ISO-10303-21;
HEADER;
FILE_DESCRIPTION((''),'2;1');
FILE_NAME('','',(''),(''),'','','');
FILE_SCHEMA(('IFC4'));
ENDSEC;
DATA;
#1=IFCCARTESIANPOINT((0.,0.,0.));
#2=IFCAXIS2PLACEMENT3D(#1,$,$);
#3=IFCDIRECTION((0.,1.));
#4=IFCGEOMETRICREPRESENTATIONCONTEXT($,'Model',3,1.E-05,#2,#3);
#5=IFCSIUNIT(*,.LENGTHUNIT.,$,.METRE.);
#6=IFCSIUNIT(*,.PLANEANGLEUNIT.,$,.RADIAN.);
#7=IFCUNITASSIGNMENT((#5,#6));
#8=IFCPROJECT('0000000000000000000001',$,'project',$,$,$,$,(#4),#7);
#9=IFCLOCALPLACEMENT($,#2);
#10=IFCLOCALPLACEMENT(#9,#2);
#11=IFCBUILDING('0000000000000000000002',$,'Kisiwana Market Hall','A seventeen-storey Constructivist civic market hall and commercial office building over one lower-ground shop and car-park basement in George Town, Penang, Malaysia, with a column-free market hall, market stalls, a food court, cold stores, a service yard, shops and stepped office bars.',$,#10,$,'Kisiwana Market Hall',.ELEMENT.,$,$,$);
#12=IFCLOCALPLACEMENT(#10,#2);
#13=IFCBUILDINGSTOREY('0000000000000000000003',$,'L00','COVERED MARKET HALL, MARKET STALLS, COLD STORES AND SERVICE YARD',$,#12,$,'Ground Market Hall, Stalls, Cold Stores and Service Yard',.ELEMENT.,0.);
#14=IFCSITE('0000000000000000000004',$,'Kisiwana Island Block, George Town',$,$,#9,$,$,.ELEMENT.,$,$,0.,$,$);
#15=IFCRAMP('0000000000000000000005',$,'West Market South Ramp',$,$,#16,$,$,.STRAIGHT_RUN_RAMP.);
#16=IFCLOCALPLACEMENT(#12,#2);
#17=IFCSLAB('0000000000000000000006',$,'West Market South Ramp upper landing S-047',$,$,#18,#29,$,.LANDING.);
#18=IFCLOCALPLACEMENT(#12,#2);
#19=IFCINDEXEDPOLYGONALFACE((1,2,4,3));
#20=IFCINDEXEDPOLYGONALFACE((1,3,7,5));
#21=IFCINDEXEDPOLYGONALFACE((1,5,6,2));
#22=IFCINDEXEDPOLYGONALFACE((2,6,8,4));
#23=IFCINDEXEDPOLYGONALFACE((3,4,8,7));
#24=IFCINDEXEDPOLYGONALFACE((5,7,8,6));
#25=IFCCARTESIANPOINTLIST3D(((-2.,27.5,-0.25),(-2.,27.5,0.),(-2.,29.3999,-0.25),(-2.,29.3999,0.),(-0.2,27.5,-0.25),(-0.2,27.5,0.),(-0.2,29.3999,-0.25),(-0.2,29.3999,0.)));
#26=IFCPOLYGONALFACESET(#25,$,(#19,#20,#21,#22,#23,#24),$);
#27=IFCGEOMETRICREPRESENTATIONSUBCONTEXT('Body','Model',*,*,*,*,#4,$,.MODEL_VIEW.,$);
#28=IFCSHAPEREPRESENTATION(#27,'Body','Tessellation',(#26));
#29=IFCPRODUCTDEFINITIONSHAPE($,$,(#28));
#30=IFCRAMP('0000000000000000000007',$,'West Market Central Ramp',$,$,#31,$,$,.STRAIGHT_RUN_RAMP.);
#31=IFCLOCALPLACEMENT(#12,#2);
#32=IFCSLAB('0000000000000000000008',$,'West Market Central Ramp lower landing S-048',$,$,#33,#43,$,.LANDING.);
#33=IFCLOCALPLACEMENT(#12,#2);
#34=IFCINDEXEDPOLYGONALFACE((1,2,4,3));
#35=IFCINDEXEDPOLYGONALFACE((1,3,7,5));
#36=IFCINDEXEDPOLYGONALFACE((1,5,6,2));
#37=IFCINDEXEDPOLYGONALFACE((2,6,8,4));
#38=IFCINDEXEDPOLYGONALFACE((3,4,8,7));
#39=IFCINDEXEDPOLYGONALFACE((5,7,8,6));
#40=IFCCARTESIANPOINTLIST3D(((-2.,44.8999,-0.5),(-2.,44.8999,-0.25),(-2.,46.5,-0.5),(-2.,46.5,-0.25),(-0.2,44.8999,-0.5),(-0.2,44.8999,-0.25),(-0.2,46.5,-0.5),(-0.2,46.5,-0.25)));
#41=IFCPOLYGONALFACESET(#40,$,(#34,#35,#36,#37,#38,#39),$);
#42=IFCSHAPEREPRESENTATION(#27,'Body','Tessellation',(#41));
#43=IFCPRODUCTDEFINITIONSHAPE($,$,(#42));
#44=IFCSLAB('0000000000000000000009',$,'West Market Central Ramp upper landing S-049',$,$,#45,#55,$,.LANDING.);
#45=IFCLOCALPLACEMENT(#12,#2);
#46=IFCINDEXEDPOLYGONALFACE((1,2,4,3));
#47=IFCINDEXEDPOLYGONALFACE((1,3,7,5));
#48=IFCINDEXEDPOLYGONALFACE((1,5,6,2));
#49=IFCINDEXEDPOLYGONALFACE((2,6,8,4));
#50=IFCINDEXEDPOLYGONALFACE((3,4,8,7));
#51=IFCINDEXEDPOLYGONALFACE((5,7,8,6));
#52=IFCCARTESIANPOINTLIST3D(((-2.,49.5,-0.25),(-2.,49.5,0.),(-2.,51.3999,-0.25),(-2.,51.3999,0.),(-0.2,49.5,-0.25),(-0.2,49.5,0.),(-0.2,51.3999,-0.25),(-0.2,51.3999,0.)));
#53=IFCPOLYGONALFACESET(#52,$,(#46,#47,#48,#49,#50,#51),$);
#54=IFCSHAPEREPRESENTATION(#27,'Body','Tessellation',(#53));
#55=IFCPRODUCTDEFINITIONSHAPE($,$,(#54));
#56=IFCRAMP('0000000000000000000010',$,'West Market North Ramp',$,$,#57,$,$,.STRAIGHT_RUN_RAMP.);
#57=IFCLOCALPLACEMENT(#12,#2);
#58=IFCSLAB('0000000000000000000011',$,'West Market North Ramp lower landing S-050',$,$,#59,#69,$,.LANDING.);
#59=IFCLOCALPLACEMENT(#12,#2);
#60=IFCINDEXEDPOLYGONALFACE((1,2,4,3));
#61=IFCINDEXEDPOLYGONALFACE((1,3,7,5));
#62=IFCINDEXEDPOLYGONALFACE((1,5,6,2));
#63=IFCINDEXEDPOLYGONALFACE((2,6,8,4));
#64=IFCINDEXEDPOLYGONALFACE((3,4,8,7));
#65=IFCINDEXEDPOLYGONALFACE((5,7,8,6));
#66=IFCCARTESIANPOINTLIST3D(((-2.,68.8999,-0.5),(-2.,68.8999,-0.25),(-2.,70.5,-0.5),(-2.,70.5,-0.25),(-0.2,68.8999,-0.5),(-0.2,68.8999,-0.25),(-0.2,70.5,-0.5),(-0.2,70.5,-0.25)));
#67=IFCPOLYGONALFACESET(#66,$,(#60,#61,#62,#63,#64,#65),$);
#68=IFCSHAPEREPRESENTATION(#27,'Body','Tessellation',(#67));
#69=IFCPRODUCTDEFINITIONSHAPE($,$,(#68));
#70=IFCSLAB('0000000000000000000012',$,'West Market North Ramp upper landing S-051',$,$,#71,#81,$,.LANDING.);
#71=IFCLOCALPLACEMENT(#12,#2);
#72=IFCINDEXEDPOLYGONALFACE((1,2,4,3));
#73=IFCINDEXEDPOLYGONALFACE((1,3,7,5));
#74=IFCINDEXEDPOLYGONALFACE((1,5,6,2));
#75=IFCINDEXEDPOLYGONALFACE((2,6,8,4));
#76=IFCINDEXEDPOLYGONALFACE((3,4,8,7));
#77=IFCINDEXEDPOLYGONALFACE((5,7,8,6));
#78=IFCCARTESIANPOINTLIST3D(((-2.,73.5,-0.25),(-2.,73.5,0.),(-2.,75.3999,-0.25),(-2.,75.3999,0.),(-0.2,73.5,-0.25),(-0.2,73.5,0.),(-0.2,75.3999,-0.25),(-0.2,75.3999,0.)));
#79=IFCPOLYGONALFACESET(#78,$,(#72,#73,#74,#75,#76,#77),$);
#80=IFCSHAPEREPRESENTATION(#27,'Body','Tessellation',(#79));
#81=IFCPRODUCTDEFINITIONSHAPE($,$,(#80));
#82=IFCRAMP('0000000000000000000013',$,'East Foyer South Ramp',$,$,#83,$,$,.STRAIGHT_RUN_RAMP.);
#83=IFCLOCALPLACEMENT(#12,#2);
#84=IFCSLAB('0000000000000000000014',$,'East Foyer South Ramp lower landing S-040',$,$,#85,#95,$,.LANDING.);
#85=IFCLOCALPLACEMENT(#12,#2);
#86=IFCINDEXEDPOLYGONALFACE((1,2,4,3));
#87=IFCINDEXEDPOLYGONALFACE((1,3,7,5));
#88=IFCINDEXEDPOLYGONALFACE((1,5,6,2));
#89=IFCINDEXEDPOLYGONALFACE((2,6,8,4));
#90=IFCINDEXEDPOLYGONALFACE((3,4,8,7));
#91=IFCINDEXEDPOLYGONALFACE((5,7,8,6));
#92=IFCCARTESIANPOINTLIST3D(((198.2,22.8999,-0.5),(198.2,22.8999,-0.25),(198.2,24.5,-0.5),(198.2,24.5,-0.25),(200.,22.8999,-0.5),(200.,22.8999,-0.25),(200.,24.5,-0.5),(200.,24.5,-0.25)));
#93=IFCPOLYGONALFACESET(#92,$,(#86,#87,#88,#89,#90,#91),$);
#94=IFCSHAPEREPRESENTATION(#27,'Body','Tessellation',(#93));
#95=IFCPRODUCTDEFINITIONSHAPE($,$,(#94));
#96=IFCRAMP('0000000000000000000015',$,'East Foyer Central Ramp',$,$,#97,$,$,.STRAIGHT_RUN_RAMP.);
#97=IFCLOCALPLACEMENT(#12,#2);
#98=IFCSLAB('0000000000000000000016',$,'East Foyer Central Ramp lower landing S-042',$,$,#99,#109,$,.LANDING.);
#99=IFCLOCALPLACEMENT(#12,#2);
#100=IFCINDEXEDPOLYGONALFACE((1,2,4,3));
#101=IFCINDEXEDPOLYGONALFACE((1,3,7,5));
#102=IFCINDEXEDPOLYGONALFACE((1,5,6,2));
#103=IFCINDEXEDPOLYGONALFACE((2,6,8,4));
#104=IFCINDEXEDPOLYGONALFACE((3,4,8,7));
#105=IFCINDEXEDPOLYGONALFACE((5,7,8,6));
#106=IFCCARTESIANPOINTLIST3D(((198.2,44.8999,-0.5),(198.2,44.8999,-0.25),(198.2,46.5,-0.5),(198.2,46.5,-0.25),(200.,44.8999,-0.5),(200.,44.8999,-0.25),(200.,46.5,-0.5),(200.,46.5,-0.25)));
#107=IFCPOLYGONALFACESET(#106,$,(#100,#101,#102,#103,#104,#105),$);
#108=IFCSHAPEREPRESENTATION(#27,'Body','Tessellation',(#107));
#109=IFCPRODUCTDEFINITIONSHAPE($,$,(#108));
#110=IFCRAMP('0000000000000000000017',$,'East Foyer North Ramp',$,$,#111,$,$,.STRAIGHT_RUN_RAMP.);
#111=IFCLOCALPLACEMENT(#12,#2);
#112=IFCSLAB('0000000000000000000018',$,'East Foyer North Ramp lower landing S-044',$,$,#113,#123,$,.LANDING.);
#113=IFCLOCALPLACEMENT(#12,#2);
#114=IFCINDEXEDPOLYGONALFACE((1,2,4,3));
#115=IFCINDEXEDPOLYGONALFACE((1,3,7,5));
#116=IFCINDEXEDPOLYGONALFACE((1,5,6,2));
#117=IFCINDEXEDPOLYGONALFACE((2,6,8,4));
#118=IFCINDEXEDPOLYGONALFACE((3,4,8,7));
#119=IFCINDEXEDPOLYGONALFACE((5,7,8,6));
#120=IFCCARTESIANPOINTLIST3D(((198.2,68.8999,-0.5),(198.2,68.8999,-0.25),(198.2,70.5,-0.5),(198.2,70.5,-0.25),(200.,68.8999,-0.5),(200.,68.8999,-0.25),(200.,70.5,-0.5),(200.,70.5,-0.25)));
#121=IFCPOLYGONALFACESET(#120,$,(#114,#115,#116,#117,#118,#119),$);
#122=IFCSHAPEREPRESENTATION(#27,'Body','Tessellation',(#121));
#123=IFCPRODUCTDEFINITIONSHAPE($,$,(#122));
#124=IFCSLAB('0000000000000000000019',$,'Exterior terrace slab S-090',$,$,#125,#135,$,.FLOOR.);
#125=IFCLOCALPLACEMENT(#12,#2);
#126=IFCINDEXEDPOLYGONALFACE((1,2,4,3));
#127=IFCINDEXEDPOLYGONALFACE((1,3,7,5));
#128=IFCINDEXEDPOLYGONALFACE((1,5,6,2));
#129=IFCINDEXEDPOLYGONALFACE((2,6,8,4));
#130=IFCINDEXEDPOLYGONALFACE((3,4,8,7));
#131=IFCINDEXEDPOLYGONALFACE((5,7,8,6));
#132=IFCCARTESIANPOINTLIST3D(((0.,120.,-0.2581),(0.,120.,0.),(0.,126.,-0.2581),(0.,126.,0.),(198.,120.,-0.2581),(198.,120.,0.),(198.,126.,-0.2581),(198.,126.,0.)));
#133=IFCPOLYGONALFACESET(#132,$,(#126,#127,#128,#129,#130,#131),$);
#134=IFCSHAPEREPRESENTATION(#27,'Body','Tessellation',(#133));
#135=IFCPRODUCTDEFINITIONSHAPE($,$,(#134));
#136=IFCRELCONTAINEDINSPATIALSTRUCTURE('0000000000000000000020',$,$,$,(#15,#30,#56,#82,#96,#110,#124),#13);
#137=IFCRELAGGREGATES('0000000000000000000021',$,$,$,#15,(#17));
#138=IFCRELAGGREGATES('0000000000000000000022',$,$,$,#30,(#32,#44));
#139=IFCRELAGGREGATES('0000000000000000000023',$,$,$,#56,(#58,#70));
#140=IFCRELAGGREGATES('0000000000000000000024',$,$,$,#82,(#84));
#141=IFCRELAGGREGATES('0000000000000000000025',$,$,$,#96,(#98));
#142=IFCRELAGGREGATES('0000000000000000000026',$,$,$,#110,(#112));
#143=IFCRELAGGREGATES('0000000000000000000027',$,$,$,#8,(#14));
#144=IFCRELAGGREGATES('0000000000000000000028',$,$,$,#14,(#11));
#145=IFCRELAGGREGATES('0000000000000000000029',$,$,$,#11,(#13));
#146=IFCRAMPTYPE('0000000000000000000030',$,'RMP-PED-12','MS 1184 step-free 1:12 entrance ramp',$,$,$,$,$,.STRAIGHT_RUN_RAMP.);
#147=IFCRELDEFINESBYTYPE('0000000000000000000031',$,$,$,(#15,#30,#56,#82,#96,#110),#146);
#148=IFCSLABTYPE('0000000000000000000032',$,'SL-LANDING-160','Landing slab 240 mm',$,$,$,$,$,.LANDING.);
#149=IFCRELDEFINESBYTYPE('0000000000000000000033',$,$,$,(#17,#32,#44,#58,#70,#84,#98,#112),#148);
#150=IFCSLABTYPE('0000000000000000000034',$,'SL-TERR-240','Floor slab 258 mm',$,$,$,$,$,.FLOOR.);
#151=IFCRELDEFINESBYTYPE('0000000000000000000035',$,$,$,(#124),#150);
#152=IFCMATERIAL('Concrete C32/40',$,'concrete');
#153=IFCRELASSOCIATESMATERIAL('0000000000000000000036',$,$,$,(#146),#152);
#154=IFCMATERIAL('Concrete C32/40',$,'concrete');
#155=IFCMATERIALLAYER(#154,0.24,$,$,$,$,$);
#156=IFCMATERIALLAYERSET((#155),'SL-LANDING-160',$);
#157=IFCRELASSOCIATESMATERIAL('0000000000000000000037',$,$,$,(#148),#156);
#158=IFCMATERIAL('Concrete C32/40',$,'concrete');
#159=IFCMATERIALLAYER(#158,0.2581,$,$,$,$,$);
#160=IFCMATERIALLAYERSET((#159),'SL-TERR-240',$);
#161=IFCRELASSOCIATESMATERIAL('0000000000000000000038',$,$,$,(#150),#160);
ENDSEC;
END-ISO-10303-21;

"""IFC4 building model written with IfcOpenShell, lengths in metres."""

from ifc_helpers import new_model, si_unit, direction, frame, origin, place, context, subcontext, project, spatial, polyline, outline, extrude, material, layer, layer_set, type_object, element, aggregate, save


model = new_model("IFC4")

# Units and contexts
model_context = context("Model", 3, precision=1e-05, world=origin(), true_north=direction((0.0, 1.0)))
body_context = subcontext(model_context, "Body", "Model", "MODEL_VIEW")
ifc_project = project(units=[si_unit("LENGTHUNIT", "METRE"), si_unit("PLANEANGLEUNIT", "RADIAN")], contexts=[model_context])

# Site, building, storey
site_placement = place(None, origin())
site = spatial("IfcSite", under=ifc_project, at=site_placement, Name="Kisiwana Island Block, George Town", CompositionType="ELEMENT", RefElevation=0.0)
building_placement = place(site_placement, origin())
building = spatial("IfcBuilding", under=site, at=building_placement, Name="Kisiwana Market Hall", Description="A seventeen-storey Constructivist civic market hall and commercial office building over one lower-ground shop and car-park basement in George Town, Penang, Malaysia, with a column-free market hall, market stalls, a food court, cold stores, a service yard, shops and stepped office bars.", LongName="Kisiwana Market Hall", CompositionType="ELEMENT")
storey_placement = place(building_placement, origin())
storey = spatial("IfcBuildingStorey", under=building, at=storey_placement, Name="L00", Description="COVERED MARKET HALL, MARKET STALLS, COLD STORES AND SERVICE YARD", LongName="Ground Market Hall, Stalls, Cold Stores and Service Yard", CompositionType="ELEMENT", Elevation=0.0)

# Ramps, slabs
ifc_material_1 = material(Name="Concrete C32/40", Category="concrete")
ramp_type = type_object("IfcRampType", Name="RMP-PED-12", Description="MS 1184 step-free 1:12 entrance ramp", PredefinedType="STRAIGHT_RUN_RAMP", material=ifc_material_1)
ramp_1_placement = place(storey_placement, origin())
ramp_1 = element("IfcRamp", 1, at=ramp_1_placement, inside=storey, type_object=ramp_type, Name="West Market South Ramp", PredefinedType="STRAIGHT_RUN_RAMP")
ifc_material_2 = material(Name="Concrete C32/40", Category="concrete")
ifc_layer_1 = layer(ifc_material_2, 0.24)
ifc_layer_set_1 = layer_set([ifc_layer_1], Name="SL-LANDING-160")
slab_type_1 = type_object("IfcSlabType", Name="SL-LANDING-160", Description="Landing slab 240 mm", PredefinedType="LANDING", material=ifc_layer_set_1)
slab_1_placement = place(storey_placement, frame((0.0, 0.0, -0.25)))
slab_1 = element("IfcSlab", 2, at=slab_1_placement, type_object=slab_type_1, Name="West Market South Ramp upper landing S-047", PredefinedType="LANDING", context=body_context, shape_type="SweptSolid", body=[
    extrude(outline(polyline([(-2.0, 27.5), (-0.2, 27.5), (-0.2, 29.3999), (-2.0, 29.3999), (-2.0, 27.5)])), origin(), (0.0, 0.0, 1.0), 0.25),
])
aggregate(ramp_1, [slab_1])
ramp_2_placement = place(storey_placement, origin())
ramp_2 = element("IfcRamp", 3, at=ramp_2_placement, inside=storey, type_object=ramp_type, Name="West Market Central Ramp", PredefinedType="STRAIGHT_RUN_RAMP")
slab_2_placement = place(storey_placement, frame((0.0, 0.0, -0.5)))
slab_2 = element("IfcSlab", 4, at=slab_2_placement, type_object=slab_type_1, Name="West Market Central Ramp lower landing S-048", PredefinedType="LANDING", context=body_context, shape_type="SweptSolid", body=[
    extrude(outline(polyline([(-2.0, 44.8999), (-0.2, 44.8999), (-0.2, 46.5), (-2.0, 46.5), (-2.0, 44.8999)])), origin(), (0.0, 0.0, 1.0), 0.25),
])
slab_3_placement = place(storey_placement, frame((0.0, 0.0, -0.25)))
slab_3 = element("IfcSlab", 5, at=slab_3_placement, type_object=slab_type_1, Name="West Market Central Ramp upper landing S-049", PredefinedType="LANDING", context=body_context, shape_type="SweptSolid", body=[
    extrude(outline(polyline([(-2.0, 49.5), (-0.2, 49.5), (-0.2, 51.3999), (-2.0, 51.3999), (-2.0, 49.5)])), origin(), (0.0, 0.0, 1.0), 0.25),
])
aggregate(ramp_2, [slab_2, slab_3])
ramp_3_placement = place(storey_placement, origin())
ramp_3 = element("IfcRamp", 6, at=ramp_3_placement, inside=storey, type_object=ramp_type, Name="West Market North Ramp", PredefinedType="STRAIGHT_RUN_RAMP")
slab_4_placement = place(storey_placement, frame((0.0, 0.0, -0.5)))
slab_4 = element("IfcSlab", 7, at=slab_4_placement, type_object=slab_type_1, Name="West Market North Ramp lower landing S-050", PredefinedType="LANDING", context=body_context, shape_type="SweptSolid", body=[
    extrude(outline(polyline([(-2.0, 68.8999), (-0.2, 68.8999), (-0.2, 70.5), (-2.0, 70.5), (-2.0, 68.8999)])), origin(), (0.0, 0.0, 1.0), 0.25),
])
slab_5_placement = place(storey_placement, frame((0.0, 0.0, -0.25)))
slab_5 = element("IfcSlab", 8, at=slab_5_placement, type_object=slab_type_1, Name="West Market North Ramp upper landing S-051", PredefinedType="LANDING", context=body_context, shape_type="SweptSolid", body=[
    extrude(outline(polyline([(-2.0, 73.5), (-0.2, 73.5), (-0.2, 75.3999), (-2.0, 75.3999), (-2.0, 73.5)])), origin(), (0.0, 0.0, 1.0), 0.25),
])
aggregate(ramp_3, [slab_4, slab_5])

# Ramps, slabs
ramp_4_placement = place(storey_placement, origin())
ramp_4 = element("IfcRamp", 9, at=ramp_4_placement, inside=storey, type_object=ramp_type, Name="East Foyer South Ramp", PredefinedType="STRAIGHT_RUN_RAMP")
slab_6_placement = place(storey_placement, frame((0.0, 0.0, -0.5)))
slab_6 = element("IfcSlab", 10, at=slab_6_placement, type_object=slab_type_1, Name="East Foyer South Ramp lower landing S-040", PredefinedType="LANDING", context=body_context, shape_type="SweptSolid", body=[
    extrude(outline(polyline([(198.2, 22.8999), (200.0, 22.8999), (200.0, 24.5), (198.2, 24.5), (198.2, 22.8999)])), origin(), (0.0, 0.0, 1.0), 0.25),
])
aggregate(ramp_4, [slab_6])
ramp_5_placement = place(storey_placement, origin())
ramp_5 = element("IfcRamp", 11, at=ramp_5_placement, inside=storey, type_object=ramp_type, Name="East Foyer Central Ramp", PredefinedType="STRAIGHT_RUN_RAMP")
slab_7_placement = place(storey_placement, frame((0.0, 0.0, -0.5)))
slab_7 = element("IfcSlab", 12, at=slab_7_placement, type_object=slab_type_1, Name="East Foyer Central Ramp lower landing S-042", PredefinedType="LANDING", context=body_context, shape_type="SweptSolid", body=[
    extrude(outline(polyline([(198.2, 44.8999), (200.0, 44.8999), (200.0, 46.5), (198.2, 46.5), (198.2, 44.8999)])), origin(), (0.0, 0.0, 1.0), 0.25),
])
aggregate(ramp_5, [slab_7])
ramp_6_placement = place(storey_placement, origin())
ramp_6 = element("IfcRamp", 13, at=ramp_6_placement, inside=storey, type_object=ramp_type, Name="East Foyer North Ramp", PredefinedType="STRAIGHT_RUN_RAMP")
slab_8_placement = place(storey_placement, frame((0.0, 0.0, -0.5)))
slab_8 = element("IfcSlab", 14, at=slab_8_placement, type_object=slab_type_1, Name="East Foyer North Ramp lower landing S-044", PredefinedType="LANDING", context=body_context, shape_type="SweptSolid", body=[
    extrude(outline(polyline([(198.2, 68.8999), (200.0, 68.8999), (200.0, 70.5), (198.2, 70.5), (198.2, 68.8999)])), origin(), (0.0, 0.0, 1.0), 0.25),
])
aggregate(ramp_6, [slab_8])

# Slab
ifc_material_3 = material(Name="Concrete C32/40", Category="concrete")
ifc_layer_2 = layer(ifc_material_3, 0.2581)
ifc_layer_set_2 = layer_set([ifc_layer_2], Name="SL-TERR-240")
slab_type_2 = type_object("IfcSlabType", Name="SL-TERR-240", Description="Floor slab 258 mm", PredefinedType="FLOOR", material=ifc_layer_set_2)
slab_9_placement = place(storey_placement, frame((0.0, 0.0, -0.2581)))
element("IfcSlab", 15, at=slab_9_placement, inside=storey, type_object=slab_type_2, Name="Exterior terrace slab S-090", PredefinedType="FLOOR", context=body_context, shape_type="SweptSolid", body=[
    extrude(outline(polyline([(0.0, 120.0), (198.0, 120.0), (198.0, 126.0), (0.0, 126.0), (0.0, 120.0)])), origin(), (0.0, 0.0, 1.0), 0.2581),
])

save(model, "model.ifc")
